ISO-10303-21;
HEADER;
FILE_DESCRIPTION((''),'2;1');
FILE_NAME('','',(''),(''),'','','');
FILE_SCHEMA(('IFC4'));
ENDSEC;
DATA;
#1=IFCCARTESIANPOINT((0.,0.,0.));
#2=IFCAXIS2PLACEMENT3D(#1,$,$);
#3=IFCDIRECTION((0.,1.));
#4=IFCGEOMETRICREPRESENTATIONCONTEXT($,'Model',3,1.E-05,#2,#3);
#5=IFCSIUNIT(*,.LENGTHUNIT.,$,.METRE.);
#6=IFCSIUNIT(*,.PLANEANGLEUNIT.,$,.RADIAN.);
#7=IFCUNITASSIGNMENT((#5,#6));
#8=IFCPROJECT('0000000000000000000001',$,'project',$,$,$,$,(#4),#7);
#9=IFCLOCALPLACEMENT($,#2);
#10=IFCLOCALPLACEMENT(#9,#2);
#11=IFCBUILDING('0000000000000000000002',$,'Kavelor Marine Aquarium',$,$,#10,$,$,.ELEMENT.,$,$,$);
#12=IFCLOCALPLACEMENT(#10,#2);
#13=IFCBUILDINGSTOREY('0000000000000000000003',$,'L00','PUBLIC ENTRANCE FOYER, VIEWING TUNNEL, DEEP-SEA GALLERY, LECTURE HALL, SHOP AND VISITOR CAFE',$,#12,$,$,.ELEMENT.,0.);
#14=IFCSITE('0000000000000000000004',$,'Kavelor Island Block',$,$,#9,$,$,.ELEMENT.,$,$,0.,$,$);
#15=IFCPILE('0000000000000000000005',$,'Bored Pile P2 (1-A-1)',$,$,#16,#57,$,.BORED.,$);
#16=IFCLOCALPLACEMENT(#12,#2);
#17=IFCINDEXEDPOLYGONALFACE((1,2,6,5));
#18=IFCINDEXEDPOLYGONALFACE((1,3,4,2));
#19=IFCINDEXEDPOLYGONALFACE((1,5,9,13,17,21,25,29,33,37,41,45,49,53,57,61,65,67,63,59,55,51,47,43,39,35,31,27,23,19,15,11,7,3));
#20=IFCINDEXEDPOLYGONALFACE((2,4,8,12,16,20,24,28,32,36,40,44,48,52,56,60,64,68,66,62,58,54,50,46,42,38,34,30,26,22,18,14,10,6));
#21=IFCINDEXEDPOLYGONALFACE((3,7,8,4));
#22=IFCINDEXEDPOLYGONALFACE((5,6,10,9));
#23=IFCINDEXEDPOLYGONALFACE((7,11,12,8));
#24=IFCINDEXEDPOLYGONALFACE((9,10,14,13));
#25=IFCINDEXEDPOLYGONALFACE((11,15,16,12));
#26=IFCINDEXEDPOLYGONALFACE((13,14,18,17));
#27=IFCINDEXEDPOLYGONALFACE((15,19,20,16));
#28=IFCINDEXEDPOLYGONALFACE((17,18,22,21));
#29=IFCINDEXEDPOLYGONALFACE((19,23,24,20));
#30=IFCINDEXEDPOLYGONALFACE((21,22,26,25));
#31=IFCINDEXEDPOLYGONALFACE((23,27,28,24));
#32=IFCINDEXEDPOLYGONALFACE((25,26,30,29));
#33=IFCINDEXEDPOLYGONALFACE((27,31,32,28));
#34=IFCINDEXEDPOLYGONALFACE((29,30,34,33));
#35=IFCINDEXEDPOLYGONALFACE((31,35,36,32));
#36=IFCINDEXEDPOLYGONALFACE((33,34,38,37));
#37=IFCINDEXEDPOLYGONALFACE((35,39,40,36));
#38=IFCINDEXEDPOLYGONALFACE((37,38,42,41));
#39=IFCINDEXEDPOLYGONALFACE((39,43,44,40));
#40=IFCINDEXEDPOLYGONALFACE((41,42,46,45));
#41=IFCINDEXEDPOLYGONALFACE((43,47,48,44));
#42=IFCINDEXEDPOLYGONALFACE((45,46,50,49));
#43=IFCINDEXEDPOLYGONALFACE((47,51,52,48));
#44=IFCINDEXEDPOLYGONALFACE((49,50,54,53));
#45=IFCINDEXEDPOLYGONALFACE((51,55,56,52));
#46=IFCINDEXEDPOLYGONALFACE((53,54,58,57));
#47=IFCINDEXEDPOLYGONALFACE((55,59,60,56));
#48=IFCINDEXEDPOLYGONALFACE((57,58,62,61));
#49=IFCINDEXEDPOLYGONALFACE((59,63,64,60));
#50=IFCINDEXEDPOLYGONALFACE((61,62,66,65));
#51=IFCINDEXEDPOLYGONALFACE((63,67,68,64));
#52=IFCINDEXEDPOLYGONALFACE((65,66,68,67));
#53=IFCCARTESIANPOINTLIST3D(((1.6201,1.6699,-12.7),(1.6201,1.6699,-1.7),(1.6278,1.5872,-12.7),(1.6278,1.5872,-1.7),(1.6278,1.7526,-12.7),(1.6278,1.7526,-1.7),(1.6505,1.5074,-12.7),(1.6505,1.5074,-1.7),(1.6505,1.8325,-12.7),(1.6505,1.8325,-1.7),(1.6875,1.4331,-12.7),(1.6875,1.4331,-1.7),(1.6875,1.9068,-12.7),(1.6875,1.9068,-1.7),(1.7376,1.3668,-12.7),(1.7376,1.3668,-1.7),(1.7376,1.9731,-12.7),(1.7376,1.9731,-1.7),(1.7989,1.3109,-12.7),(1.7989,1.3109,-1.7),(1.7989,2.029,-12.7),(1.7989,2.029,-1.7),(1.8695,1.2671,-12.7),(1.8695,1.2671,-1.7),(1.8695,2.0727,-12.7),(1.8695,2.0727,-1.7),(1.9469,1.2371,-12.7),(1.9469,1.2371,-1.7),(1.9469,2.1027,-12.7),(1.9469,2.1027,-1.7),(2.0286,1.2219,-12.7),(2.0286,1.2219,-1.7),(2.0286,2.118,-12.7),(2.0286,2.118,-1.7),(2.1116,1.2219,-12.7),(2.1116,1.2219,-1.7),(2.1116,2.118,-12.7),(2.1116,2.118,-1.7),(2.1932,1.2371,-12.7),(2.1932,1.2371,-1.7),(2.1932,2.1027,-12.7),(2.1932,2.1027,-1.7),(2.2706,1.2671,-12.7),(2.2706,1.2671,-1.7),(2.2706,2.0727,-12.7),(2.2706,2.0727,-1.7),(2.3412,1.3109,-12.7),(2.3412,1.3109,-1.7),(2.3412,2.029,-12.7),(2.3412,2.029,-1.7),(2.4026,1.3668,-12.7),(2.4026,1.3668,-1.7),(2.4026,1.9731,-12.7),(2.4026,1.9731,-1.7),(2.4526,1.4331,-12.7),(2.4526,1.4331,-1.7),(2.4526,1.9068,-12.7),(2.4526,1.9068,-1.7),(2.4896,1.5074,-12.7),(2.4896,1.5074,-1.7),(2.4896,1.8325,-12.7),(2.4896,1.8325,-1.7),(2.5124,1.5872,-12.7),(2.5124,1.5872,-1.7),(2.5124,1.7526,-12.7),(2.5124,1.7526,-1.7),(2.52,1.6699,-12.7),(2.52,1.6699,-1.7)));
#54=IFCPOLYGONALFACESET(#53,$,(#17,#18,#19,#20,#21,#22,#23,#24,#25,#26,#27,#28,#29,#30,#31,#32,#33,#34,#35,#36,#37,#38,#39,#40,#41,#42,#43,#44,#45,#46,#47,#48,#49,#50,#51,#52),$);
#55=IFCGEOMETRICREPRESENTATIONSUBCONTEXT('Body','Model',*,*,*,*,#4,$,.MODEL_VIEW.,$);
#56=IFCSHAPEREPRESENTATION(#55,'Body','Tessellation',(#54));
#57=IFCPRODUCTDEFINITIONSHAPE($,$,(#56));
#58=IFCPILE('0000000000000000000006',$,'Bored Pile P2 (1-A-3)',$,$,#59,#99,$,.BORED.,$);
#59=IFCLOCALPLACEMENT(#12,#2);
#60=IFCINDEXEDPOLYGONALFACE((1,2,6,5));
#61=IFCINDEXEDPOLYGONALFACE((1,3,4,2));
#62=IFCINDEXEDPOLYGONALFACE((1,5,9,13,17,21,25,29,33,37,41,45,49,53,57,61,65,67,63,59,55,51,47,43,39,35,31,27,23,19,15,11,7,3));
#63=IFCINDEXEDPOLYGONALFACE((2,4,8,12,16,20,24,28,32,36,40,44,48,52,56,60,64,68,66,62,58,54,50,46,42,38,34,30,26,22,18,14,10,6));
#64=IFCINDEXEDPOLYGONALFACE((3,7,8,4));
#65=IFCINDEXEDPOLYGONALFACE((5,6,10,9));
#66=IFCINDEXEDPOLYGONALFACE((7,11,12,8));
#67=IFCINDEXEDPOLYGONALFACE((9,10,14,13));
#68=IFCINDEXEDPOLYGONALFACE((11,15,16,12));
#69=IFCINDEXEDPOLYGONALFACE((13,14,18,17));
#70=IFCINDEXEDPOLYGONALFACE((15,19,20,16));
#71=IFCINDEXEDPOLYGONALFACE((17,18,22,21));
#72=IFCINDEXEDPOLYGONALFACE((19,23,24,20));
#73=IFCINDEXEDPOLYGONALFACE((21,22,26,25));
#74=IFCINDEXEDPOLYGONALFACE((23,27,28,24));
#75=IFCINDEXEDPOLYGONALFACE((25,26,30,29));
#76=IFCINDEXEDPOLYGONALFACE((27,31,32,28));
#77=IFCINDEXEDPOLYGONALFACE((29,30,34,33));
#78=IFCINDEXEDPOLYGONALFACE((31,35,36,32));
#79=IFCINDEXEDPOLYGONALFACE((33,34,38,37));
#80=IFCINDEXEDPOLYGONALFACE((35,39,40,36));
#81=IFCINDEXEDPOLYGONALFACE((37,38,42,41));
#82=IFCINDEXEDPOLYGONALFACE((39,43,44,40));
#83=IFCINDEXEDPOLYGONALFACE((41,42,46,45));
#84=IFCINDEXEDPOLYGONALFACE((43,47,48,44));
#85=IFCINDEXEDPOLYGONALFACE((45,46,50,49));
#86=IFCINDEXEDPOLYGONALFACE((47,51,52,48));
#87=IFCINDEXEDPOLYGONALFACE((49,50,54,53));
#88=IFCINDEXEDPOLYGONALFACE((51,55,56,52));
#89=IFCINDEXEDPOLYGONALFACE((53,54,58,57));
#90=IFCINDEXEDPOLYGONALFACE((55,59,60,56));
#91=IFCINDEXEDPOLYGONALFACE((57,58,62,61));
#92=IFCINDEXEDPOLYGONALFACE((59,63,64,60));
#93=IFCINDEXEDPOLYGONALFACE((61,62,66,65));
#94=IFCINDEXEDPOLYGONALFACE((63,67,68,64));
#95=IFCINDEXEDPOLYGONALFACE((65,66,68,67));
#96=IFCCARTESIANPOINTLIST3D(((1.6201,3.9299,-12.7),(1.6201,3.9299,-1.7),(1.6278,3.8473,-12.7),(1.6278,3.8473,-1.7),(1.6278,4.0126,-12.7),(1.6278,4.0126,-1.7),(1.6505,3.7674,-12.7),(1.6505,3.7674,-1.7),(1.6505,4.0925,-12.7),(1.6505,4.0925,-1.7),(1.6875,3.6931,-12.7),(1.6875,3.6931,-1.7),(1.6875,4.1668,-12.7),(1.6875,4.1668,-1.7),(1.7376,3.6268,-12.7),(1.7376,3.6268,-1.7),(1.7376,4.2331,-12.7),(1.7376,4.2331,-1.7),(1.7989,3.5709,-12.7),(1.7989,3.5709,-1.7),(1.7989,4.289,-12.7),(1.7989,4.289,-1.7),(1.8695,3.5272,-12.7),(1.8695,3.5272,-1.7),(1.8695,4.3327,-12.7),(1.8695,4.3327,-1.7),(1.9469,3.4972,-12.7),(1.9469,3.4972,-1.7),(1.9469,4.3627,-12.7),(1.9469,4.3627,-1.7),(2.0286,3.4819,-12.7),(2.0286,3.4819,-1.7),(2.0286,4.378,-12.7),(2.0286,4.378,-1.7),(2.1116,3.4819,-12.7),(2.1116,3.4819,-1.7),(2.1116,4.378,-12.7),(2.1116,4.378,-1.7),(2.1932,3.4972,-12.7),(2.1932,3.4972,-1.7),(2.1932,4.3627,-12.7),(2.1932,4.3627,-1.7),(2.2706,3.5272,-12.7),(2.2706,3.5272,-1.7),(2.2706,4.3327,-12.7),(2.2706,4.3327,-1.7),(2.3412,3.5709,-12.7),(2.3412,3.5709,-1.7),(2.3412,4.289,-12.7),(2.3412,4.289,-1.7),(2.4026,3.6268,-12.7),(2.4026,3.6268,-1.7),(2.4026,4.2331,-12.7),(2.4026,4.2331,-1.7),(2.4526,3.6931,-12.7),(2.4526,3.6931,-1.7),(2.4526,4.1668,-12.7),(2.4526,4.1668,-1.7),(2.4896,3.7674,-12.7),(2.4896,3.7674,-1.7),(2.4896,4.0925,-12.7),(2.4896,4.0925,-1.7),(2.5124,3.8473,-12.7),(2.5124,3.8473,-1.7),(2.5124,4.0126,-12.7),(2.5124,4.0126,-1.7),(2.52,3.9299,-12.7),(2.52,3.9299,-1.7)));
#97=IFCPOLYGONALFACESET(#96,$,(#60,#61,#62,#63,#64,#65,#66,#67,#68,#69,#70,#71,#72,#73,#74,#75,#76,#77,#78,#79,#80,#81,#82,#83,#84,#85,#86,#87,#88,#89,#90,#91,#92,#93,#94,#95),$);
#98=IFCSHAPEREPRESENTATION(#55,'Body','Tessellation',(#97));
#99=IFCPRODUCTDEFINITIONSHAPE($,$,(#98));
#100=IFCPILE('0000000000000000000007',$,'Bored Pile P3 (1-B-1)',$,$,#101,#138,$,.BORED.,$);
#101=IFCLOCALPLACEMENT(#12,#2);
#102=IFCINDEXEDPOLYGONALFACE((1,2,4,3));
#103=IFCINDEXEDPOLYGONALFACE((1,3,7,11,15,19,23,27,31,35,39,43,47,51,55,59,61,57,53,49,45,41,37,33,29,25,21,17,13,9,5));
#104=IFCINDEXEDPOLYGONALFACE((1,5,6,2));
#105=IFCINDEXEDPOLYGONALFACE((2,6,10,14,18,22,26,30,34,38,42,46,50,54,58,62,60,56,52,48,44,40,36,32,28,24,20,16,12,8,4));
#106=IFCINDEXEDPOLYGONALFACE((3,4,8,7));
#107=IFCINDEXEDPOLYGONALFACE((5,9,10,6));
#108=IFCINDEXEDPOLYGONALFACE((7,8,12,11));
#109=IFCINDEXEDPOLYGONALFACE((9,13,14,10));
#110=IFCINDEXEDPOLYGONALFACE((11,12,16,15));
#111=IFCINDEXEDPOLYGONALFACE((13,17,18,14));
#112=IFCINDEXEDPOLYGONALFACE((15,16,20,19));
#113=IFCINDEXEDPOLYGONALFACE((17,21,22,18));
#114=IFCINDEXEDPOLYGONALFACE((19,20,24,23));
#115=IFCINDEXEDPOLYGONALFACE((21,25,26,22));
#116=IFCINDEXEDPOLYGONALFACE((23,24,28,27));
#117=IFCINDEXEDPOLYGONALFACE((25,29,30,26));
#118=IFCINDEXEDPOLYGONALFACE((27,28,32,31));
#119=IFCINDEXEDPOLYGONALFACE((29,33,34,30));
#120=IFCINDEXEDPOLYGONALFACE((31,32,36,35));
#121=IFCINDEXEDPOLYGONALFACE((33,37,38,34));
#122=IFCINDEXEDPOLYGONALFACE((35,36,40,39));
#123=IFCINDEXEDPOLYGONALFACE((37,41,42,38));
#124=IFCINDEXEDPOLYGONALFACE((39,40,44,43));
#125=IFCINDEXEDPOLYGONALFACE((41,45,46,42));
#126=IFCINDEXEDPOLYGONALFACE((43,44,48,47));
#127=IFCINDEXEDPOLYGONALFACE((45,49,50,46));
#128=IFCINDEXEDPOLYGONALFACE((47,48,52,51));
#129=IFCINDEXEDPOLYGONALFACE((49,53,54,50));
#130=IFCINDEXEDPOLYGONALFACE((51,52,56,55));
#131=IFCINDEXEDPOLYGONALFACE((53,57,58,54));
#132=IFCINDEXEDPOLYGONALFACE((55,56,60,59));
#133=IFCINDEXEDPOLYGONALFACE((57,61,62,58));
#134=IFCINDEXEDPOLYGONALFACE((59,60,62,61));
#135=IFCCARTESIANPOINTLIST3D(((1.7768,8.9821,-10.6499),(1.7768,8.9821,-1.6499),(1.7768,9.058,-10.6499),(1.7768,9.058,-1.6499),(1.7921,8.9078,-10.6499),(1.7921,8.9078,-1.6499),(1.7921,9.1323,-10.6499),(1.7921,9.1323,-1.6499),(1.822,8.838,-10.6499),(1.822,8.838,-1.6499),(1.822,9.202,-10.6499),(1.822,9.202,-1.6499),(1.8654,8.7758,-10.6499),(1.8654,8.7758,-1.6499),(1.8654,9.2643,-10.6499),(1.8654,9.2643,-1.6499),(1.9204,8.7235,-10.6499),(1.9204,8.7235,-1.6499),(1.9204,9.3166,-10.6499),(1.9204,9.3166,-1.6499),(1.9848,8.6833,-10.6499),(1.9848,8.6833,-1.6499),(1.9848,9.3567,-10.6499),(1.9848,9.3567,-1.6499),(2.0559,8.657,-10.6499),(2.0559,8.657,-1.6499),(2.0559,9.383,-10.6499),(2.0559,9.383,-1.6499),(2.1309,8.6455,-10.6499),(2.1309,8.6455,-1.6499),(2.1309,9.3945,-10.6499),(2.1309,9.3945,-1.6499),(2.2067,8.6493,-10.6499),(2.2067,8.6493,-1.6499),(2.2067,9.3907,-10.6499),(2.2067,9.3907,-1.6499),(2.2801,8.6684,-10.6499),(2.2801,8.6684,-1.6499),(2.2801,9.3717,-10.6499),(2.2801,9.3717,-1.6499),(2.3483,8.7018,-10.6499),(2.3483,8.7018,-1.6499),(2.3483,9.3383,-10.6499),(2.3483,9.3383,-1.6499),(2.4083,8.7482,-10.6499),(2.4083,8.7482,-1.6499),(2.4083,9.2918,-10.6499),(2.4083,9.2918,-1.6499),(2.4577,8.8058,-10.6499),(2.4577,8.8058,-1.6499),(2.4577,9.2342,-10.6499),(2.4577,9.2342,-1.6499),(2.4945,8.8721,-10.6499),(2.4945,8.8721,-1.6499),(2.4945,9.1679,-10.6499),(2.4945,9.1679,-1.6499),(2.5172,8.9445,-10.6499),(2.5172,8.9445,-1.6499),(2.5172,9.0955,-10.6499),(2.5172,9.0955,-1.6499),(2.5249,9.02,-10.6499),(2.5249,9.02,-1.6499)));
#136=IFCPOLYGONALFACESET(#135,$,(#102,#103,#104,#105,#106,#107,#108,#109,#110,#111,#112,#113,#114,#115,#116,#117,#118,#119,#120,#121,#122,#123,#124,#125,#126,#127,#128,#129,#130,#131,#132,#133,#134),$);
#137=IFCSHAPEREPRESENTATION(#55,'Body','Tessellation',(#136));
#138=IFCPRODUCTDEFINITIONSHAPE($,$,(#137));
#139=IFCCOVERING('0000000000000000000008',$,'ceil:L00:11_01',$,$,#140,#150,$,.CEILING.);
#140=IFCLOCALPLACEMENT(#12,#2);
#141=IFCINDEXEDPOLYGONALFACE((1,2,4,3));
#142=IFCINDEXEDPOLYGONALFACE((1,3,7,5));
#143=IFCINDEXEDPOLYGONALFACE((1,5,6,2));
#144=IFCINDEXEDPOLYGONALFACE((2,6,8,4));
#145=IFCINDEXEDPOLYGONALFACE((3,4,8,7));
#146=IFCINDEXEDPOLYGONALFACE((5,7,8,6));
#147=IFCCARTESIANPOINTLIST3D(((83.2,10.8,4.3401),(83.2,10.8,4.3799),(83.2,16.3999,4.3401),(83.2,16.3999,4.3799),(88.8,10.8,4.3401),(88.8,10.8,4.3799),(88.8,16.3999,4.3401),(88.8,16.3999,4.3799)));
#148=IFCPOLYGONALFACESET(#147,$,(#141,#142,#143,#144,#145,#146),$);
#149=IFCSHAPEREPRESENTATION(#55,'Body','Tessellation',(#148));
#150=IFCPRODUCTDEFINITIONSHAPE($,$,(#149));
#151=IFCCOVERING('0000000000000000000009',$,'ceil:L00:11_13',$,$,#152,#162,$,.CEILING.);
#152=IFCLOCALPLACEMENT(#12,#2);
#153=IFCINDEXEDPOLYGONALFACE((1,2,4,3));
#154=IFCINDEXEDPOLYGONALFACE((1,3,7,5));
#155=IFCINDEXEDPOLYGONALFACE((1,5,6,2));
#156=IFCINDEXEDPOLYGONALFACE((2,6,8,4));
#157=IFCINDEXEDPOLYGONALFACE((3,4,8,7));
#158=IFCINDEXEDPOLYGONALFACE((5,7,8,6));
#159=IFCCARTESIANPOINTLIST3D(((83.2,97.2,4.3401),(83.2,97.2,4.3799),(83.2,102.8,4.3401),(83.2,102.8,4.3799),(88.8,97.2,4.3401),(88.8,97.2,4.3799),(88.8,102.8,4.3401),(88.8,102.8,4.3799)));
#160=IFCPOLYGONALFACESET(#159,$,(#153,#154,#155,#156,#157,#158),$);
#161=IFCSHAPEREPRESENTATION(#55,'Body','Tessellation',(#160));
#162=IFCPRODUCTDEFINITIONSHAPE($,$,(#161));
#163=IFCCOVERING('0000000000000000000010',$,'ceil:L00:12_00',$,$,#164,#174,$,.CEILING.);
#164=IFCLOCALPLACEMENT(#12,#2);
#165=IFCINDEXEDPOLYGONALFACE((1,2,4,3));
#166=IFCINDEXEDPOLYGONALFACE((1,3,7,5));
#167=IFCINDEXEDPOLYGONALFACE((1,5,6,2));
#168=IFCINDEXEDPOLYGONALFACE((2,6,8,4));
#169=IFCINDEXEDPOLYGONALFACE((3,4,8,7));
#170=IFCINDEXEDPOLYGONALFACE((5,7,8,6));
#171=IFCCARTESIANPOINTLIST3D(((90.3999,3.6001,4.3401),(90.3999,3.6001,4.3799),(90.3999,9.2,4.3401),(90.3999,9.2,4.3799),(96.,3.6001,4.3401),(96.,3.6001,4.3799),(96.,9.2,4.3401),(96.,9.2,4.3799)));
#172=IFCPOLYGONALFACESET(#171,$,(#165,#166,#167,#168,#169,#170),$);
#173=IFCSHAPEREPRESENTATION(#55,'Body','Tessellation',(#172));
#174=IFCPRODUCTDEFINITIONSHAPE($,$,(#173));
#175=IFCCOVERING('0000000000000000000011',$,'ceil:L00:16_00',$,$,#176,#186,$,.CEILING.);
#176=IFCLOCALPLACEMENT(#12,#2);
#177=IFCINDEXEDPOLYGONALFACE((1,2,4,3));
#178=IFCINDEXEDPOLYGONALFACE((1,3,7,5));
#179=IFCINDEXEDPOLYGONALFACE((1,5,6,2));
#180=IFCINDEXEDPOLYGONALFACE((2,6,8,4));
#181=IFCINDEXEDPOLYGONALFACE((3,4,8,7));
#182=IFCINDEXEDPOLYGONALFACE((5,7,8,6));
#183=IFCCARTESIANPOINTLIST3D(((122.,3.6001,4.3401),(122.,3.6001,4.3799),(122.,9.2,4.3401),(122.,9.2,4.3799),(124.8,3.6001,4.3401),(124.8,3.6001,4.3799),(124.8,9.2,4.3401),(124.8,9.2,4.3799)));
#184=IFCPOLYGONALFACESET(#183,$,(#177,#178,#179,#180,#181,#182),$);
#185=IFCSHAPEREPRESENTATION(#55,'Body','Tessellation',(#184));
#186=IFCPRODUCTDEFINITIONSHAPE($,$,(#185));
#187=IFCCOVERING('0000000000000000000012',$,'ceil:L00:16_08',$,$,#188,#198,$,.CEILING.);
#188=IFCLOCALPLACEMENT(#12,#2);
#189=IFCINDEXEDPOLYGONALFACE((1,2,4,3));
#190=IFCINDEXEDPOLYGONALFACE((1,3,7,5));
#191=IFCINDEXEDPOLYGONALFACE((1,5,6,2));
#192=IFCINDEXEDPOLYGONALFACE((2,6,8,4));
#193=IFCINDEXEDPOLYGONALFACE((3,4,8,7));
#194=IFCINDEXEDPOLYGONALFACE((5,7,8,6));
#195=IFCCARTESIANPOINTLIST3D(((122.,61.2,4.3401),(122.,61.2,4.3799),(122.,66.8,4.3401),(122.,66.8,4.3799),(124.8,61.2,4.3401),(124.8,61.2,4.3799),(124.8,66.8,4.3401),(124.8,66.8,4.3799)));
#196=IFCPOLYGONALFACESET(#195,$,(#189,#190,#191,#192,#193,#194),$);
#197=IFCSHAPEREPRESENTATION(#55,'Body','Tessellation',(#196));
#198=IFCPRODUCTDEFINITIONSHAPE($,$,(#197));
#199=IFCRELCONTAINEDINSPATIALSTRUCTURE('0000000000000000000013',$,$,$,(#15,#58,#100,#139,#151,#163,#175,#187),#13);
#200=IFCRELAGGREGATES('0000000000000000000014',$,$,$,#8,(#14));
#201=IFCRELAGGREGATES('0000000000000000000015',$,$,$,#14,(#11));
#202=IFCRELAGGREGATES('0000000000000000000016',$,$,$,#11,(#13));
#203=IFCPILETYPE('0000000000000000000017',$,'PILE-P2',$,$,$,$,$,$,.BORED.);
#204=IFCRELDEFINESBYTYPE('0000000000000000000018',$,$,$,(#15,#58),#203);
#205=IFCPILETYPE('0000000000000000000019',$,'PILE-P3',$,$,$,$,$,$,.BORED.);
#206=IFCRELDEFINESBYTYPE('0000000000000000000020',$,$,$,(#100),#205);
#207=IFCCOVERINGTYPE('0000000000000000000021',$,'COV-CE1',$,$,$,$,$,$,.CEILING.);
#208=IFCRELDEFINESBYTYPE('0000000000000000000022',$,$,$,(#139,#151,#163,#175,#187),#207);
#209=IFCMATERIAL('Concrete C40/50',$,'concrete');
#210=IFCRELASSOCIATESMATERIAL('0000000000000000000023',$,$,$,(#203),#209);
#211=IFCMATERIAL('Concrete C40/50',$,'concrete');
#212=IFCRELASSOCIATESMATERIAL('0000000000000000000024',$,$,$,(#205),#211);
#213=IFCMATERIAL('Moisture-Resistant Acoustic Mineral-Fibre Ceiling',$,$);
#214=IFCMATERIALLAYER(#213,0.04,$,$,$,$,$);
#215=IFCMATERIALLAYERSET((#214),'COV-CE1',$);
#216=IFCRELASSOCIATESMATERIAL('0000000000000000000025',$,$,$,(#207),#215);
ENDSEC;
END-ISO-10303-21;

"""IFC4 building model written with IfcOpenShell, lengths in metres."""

from ifc_helpers import new_model, si_unit, direction, frame, origin, origin_2d, place, context, subcontext, project, spatial, polyline, circle, outline, extrude, material, layer, layer_set, material_profile, profile_set, type_object, element, save


model = new_model("IFC4")

# Units and contexts
model_context = context("Model", 3, precision=1e-05, world=origin(), true_north=direction((0.0, 1.0)))
body_context = subcontext(model_context, "Body", "Model", "MODEL_VIEW")
ifc_project = project(units=[si_unit("LENGTHUNIT", "METRE"), si_unit("PLANEANGLEUNIT", "RADIAN")], contexts=[model_context])

# Site, building, storey
site_placement = place(None, origin())
site = spatial("IfcSite", under=ifc_project, at=site_placement, Name="Kavelor Island Block", CompositionType="ELEMENT", RefElevation=0.0)
building_placement = place(site_placement, origin())
building = spatial("IfcBuilding", under=site, at=building_placement, Name="Kavelor Marine Aquarium", CompositionType="ELEMENT")
storey_placement = place(building_placement, origin())
storey = spatial("IfcBuildingStorey", under=building, at=storey_placement, Name="L00", Description="PUBLIC ENTRANCE FOYER, VIEWING TUNNEL, DEEP-SEA GALLERY, LECTURE HALL, SHOP AND VISITOR CAFE", CompositionType="ELEMENT", Elevation=0.0)

# Piles
ifc_material_1 = material(Name="Concrete C40/50", Category="concrete")
ifc_material_profile_1 = material_profile(ifc_material_1, circle(Radius=0.45, at=origin_2d()), Name="PILE D900")
ifc_profile_set_1 = profile_set([ifc_material_profile_1], Name="Concrete C40/50")
pile_type_1 = type_object("IfcPileType", Name="PILE-P2", PredefinedType="BORED", material=ifc_profile_set_1)
for number, where, z_axis, x_axis, name in (
    (1, (2.0701, 1.6699, -1.7), (0.0, 0.0, -1.0), (1.0, 0.0, 0.0), "Bored Pile P2 (1-A-1)"),
    (2, (2.0701, 3.9299, -1.7), (0.0, 0.0, -1.0), (1.0, 0.0, 0.0), "Bored Pile P2 (1-A-3)"),
):
    element("IfcPile", number, at=place(storey_placement, frame(where, z_axis=z_axis, x_axis=x_axis)), inside=storey, type_object=pile_type_1, Name=name, PredefinedType="BORED", context=body_context, shape_type="SweptSolid", body=[
        extrude(circle(Radius=0.45, at=origin_2d()), origin(), (0.0, 0.0, 1.0), 11.0),
    ])
ifc_material_2 = material(Name="Concrete C40/50", Category="concrete")
ifc_material_profile_2 = material_profile(ifc_material_2, circle(Radius=0.375, at=origin_2d()), Name="PILE D750")
ifc_profile_set_2 = profile_set([ifc_material_profile_2], Name="Concrete C40/50")
pile_type_2 = type_object("IfcPileType", Name="PILE-P3", PredefinedType="BORED", material=ifc_profile_set_2)
pile_placement = place(storey_placement, frame((2.1499, 9.02, -1.6499), z_axis=(0.0, 0.0, -1.0), x_axis=(1.0, 0.0, 0.0)))
element("IfcPile", 3, at=pile_placement, inside=storey, type_object=pile_type_2, Name="Bored Pile P3 (1-B-1)", PredefinedType="BORED", context=body_context, shape_type="SweptSolid", body=[
    extrude(circle(Radius=0.375, at=origin_2d()), origin(), (0.0, 0.0, 1.0), 9.0),
])

# Coverings
ifc_material_3 = material(Name="Moisture-Resistant Acoustic Mineral-Fibre Ceiling")
ifc_layer_1 = layer(ifc_material_3, 0.04)
ifc_layer_set_1 = layer_set([ifc_layer_1], Name="COV-CE1")
covering_type_1 = type_object("IfcCoveringType", Name="COV-CE1", PredefinedType="CEILING", material=ifc_layer_set_1)
covering_1_placement = place(storey_placement, frame((0.0, 0.0, 4.3401)))
element("IfcCovering", 4, at=covering_1_placement, inside=storey, type_object=covering_type_1, Name="ceil:L00:11_01", PredefinedType="CEILING", context=body_context, shape_type="SweptSolid", body=[
    extrude(outline(polyline([(83.2, 10.8), (88.8, 10.8), (88.8, 16.3999), (83.2, 16.3999), (83.2, 10.8)])), origin(), (0.0, 0.0, 1.0), 0.0398),
])
covering_2_placement = place(storey_placement, frame((0.0, 0.0, 4.3401)))
element("IfcCovering", 5, at=covering_2_placement, inside=storey, type_object=covering_type_1, Name="ceil:L00:11_13", PredefinedType="CEILING", context=body_context, shape_type="SweptSolid", body=[
    extrude(outline(polyline([(83.2, 97.2), (88.8, 97.2), (88.8, 102.8), (83.2, 102.8), (83.2, 97.2)])), origin(), (0.0, 0.0, 1.0), 0.0398),
])
covering_3_placement = place(storey_placement, frame((0.0, 0.0, 4.3401)))
element("IfcCovering", 6, at=covering_3_placement, inside=storey, type_object=covering_type_1, Name="ceil:L00:12_00", PredefinedType="CEILING", context=body_context, shape_type="SweptSolid", body=[
    extrude(outline(polyline([(90.3999, 3.6001), (96.0, 3.6001), (96.0, 9.2), (90.3999, 9.2), (90.3999, 3.6001)])), origin(), (0.0, 0.0, 1.0), 0.0398),
])
covering_4_placement = place(storey_placement, frame((0.0, 0.0, 4.3401)))
element("IfcCovering", 7, at=covering_4_placement, inside=storey, type_object=covering_type_1, Name="ceil:L00:16_00", PredefinedType="CEILING", context=body_context, shape_type="SweptSolid", body=[
    extrude(outline(polyline([(122.0, 3.6001), (124.8, 3.6001), (124.8, 9.2), (122.0, 9.2), (122.0, 3.6001)])), origin(), (0.0, 0.0, 1.0), 0.0398),
])
covering_5_placement = place(storey_placement, frame((0.0, 0.0, 4.3401)))
element("IfcCovering", 8, at=covering_5_placement, inside=storey, type_object=covering_type_1, Name="ceil:L00:16_08", PredefinedType="CEILING", context=body_context, shape_type="SweptSolid", body=[
    extrude(outline(polyline([(122.0, 61.2), (124.8, 61.2), (124.8, 66.8), (122.0, 66.8), (122.0, 61.2)])), origin(), (0.0, 0.0, 1.0), 0.0398),
])

save(model, "model.ifc")
